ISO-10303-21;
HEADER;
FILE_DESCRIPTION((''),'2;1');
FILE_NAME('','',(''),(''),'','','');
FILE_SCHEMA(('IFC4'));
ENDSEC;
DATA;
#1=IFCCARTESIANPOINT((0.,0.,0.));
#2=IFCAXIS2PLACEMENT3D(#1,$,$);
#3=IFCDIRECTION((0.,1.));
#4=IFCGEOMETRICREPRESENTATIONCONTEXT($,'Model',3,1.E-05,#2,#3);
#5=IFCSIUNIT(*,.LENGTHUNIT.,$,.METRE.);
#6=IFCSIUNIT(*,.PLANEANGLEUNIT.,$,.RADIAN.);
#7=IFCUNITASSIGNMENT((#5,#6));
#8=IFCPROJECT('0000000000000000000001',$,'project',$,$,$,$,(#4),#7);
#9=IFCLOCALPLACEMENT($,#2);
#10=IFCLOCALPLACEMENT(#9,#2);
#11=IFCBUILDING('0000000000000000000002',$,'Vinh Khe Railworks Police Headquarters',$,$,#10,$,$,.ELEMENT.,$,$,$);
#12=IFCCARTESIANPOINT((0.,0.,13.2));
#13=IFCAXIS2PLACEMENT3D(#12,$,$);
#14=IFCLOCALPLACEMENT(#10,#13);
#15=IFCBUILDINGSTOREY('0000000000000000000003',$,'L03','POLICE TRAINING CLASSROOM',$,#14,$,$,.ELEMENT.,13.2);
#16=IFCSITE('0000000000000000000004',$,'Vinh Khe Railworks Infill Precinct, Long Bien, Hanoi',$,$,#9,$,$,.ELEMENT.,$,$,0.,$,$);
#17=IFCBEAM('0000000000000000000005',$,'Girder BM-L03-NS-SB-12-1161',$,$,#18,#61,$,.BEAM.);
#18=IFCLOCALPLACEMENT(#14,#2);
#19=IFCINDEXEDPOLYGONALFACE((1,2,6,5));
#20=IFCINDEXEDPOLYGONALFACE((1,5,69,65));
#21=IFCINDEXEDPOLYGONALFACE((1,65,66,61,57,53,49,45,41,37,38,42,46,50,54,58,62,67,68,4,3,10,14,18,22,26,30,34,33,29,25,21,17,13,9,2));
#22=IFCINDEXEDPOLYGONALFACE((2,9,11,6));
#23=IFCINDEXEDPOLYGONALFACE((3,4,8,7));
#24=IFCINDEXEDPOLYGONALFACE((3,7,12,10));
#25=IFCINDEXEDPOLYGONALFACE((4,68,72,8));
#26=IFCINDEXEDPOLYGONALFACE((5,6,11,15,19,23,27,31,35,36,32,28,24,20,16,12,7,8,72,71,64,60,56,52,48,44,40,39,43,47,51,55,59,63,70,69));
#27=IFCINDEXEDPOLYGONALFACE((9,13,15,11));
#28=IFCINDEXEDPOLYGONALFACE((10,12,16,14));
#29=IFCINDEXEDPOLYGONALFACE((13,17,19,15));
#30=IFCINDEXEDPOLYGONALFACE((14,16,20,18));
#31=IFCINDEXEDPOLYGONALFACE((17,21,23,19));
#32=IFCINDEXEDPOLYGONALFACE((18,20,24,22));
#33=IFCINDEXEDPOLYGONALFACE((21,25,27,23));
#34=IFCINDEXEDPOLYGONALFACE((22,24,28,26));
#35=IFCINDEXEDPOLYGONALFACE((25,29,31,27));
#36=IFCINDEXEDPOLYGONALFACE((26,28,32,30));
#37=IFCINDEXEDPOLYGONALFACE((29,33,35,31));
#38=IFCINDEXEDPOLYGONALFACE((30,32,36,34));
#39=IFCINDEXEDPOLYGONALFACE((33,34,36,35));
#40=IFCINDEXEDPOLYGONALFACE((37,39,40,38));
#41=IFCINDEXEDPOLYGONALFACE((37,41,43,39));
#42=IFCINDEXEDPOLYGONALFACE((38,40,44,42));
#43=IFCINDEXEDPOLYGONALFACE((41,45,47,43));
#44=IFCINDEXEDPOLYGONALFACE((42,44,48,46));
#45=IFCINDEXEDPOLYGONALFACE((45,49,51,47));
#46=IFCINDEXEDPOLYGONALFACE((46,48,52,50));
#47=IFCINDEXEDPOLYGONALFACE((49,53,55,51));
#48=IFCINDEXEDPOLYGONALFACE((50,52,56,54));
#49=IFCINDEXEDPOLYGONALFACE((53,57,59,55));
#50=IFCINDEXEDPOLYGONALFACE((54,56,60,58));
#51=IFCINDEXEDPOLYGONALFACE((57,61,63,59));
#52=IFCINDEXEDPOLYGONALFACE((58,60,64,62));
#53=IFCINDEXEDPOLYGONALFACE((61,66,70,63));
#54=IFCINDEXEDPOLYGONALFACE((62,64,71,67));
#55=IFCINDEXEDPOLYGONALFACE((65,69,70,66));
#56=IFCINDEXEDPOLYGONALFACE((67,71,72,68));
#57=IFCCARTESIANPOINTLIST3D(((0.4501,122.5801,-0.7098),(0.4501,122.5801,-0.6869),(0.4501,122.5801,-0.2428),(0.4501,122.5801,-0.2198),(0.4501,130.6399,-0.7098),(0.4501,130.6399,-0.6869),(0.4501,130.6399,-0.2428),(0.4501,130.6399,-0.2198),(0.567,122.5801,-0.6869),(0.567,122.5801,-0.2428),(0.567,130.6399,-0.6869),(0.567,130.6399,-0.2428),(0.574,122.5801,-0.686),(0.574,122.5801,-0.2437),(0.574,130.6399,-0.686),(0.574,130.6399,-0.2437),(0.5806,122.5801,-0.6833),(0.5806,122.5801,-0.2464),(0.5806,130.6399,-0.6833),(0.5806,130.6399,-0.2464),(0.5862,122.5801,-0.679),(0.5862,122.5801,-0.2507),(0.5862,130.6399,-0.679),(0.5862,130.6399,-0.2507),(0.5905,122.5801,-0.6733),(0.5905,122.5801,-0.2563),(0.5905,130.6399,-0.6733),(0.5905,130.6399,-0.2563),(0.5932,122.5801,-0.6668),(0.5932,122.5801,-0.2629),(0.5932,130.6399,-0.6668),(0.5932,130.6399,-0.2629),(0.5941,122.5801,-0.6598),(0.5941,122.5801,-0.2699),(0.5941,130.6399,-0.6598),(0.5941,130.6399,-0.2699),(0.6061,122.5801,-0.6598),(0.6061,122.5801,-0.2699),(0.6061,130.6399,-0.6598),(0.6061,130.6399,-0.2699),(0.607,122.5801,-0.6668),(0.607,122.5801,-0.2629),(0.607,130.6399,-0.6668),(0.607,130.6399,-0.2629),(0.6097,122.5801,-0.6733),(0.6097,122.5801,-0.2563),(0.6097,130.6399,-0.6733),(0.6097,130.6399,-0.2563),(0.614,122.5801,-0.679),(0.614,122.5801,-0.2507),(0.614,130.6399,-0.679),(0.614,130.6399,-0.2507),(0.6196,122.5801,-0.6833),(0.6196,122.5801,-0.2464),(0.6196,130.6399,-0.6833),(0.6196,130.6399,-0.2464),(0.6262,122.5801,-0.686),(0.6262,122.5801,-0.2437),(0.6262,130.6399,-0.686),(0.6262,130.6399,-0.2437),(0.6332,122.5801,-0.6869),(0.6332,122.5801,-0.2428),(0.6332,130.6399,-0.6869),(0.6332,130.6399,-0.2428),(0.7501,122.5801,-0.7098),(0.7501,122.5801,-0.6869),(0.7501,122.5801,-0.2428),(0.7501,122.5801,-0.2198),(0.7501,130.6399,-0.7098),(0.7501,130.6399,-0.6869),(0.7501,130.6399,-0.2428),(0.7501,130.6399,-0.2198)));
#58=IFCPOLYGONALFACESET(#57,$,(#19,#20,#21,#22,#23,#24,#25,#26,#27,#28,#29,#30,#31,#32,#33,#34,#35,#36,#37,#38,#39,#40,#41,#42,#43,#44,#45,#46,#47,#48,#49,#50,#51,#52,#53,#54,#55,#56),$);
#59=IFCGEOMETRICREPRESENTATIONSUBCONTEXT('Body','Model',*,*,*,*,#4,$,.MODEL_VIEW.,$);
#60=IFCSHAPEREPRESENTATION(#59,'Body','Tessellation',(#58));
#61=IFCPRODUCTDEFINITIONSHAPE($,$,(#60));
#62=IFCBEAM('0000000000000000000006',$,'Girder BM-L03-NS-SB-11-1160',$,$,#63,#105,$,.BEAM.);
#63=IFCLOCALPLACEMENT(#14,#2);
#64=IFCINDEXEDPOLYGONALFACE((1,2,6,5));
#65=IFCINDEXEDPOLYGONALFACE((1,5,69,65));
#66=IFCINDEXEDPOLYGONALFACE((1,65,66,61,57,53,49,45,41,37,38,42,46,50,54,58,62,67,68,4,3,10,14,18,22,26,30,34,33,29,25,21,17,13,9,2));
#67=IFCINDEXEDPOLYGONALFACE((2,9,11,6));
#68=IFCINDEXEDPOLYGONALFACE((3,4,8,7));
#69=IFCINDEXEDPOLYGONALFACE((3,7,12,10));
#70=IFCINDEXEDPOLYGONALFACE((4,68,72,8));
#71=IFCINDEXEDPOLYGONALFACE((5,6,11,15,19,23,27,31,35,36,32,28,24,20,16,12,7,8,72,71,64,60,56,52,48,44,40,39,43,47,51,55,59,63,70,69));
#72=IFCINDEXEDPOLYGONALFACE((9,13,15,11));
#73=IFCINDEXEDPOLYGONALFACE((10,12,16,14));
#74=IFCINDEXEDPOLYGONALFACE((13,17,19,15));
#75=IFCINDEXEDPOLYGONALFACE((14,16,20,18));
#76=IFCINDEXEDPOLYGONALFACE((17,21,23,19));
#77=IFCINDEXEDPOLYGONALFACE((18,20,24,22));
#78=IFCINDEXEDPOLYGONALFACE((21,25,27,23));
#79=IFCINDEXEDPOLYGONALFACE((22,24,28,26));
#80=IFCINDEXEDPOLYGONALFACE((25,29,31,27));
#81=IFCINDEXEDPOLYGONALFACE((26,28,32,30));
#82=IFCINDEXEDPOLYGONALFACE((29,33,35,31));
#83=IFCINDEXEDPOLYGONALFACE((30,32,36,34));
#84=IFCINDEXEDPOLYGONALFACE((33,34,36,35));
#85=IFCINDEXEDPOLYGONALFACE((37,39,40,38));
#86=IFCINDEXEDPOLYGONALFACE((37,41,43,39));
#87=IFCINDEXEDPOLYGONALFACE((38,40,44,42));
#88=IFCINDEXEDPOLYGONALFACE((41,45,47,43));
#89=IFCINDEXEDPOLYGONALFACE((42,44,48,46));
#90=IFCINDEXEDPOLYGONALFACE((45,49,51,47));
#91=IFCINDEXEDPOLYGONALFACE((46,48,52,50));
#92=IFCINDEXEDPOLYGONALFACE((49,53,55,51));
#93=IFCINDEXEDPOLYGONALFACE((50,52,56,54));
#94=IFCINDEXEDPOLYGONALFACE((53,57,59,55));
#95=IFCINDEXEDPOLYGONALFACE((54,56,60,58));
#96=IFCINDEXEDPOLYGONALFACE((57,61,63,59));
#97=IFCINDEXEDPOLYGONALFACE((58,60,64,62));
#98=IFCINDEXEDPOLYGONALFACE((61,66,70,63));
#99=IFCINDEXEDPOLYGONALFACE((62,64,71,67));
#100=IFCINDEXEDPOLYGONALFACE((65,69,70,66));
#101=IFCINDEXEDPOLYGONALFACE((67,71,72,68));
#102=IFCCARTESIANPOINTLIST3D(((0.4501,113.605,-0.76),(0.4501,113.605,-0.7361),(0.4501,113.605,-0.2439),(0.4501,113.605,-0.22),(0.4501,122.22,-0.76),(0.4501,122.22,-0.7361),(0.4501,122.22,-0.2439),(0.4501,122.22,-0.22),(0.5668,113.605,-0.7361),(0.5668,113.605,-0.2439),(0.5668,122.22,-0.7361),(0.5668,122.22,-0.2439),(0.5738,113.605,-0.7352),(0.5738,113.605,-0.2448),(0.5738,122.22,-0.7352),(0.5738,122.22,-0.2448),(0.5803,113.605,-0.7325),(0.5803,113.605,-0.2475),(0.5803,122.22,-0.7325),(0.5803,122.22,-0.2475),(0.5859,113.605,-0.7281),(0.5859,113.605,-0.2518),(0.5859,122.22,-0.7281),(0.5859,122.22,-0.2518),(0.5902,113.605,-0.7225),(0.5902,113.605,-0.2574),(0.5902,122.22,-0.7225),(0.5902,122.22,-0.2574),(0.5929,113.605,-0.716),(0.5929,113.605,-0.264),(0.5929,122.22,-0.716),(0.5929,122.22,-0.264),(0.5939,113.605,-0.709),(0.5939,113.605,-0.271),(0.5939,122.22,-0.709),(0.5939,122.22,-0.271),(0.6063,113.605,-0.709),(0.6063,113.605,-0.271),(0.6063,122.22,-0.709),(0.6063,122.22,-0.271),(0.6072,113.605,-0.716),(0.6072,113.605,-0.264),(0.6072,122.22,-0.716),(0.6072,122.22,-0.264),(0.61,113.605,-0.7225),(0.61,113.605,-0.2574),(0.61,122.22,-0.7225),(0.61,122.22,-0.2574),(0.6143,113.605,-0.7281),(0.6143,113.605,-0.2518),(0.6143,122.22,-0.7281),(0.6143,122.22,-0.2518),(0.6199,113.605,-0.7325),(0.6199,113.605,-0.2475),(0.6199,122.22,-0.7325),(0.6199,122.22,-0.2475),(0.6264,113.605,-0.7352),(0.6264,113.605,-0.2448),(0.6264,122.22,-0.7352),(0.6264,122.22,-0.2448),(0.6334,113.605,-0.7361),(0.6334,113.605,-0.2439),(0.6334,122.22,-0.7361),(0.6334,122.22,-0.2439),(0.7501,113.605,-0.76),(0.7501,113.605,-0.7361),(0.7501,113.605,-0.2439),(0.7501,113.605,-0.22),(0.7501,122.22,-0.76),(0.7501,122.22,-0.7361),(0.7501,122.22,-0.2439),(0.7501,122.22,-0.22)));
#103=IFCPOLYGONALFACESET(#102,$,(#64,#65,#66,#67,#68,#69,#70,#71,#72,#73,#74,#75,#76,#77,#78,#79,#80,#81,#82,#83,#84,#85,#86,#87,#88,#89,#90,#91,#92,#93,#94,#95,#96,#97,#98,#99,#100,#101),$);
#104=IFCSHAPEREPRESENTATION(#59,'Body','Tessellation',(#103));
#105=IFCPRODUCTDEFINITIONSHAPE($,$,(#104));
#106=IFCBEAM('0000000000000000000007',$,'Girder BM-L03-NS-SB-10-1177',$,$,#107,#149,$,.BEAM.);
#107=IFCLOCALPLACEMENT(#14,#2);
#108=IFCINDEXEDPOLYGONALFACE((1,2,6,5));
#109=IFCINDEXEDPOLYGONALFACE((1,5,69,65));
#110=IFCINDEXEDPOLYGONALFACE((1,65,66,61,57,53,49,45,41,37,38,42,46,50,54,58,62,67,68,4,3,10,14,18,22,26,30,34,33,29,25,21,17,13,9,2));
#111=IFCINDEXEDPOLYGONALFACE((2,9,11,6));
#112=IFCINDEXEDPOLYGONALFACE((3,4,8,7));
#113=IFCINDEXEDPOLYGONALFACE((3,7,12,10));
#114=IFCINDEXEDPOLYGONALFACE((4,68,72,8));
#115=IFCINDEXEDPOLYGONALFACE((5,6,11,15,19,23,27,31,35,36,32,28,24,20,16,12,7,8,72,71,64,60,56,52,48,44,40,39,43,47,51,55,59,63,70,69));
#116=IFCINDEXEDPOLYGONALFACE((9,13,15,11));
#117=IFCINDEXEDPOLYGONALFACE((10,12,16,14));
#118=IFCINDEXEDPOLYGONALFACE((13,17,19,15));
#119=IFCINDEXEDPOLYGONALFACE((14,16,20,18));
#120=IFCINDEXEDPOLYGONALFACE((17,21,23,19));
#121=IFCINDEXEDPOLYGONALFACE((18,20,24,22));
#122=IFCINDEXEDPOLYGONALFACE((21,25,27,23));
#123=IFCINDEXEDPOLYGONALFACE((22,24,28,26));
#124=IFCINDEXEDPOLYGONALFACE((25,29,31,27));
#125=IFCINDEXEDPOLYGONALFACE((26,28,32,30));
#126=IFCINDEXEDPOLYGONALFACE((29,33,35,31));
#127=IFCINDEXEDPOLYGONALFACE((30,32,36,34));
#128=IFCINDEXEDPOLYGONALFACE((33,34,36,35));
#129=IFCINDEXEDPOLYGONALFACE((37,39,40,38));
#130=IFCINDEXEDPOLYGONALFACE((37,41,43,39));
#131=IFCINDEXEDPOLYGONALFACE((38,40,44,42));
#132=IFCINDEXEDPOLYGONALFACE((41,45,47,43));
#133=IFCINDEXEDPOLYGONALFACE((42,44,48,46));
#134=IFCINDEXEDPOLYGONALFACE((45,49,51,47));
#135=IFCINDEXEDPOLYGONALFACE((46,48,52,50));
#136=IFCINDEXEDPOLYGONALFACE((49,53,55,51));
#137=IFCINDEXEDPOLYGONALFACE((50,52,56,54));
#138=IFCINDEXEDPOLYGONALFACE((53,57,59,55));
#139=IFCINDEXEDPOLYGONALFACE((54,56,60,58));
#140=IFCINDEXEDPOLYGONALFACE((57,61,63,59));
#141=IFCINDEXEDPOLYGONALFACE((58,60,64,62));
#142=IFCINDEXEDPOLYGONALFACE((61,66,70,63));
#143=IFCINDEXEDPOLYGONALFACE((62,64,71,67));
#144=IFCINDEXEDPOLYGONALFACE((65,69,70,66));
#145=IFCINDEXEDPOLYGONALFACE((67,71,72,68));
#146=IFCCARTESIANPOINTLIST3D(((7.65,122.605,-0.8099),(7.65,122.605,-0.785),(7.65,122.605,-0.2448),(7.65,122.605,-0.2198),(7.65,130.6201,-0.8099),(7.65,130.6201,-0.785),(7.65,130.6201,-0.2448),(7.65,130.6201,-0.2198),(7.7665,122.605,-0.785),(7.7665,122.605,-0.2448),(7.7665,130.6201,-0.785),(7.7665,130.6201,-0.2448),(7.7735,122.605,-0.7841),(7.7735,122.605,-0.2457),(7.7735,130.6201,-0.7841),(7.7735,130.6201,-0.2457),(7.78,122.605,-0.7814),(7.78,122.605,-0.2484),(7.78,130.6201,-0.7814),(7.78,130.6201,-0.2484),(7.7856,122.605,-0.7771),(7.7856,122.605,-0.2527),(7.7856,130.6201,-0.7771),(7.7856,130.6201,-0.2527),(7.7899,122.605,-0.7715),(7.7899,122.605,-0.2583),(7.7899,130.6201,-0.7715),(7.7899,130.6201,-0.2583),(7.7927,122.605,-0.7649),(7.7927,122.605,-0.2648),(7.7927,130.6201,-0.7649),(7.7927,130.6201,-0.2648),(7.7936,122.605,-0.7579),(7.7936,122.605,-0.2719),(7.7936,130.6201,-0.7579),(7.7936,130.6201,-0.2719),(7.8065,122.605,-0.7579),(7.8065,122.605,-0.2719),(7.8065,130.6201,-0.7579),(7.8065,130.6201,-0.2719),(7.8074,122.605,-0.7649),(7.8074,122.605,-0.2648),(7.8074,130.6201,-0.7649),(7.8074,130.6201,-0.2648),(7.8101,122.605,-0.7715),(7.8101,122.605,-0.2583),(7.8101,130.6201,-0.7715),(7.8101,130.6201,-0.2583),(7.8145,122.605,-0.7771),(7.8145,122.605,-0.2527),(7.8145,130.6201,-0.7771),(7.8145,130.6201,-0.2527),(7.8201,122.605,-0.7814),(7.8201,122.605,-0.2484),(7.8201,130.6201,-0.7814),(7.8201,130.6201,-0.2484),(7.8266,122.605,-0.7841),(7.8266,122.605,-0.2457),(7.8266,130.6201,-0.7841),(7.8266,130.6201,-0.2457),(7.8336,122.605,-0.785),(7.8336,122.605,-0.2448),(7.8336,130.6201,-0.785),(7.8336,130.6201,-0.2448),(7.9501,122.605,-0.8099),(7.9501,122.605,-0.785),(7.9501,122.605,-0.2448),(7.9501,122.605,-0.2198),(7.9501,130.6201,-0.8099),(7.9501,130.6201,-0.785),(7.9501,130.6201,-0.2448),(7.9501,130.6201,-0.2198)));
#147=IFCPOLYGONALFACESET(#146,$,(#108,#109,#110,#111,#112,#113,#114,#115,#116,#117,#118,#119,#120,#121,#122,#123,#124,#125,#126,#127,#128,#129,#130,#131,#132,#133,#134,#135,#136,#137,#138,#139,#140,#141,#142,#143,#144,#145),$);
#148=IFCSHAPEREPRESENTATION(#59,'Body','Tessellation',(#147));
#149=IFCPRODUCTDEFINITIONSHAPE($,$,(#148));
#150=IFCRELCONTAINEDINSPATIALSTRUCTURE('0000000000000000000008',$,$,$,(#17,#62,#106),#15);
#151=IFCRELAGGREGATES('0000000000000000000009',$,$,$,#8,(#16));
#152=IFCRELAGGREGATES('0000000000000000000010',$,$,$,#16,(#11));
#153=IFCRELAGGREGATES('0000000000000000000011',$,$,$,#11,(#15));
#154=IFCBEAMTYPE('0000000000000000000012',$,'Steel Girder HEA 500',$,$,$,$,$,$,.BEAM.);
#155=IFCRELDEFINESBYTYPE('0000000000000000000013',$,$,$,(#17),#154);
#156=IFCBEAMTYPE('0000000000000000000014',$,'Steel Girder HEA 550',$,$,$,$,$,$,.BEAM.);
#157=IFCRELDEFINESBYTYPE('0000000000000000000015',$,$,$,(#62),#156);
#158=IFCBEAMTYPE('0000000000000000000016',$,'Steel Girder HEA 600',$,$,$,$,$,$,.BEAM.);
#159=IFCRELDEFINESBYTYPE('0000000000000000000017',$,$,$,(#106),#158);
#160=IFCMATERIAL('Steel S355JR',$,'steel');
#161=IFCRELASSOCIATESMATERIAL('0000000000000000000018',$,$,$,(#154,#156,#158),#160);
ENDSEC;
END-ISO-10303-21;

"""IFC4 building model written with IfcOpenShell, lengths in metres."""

from ifc_helpers import new_model, si_unit, direction, frame, origin, origin_2d, place, context, subcontext, project, spatial, i_section, extrude, material, material_profile, profile_set, type_object, element, save


model = new_model("IFC4")

# Units and contexts
model_context = context("Model", 3, precision=1e-05, world=origin(), true_north=direction((0.0, 1.0)))
body_context = subcontext(model_context, "Body", "Model", "MODEL_VIEW")
ifc_project = project(units=[si_unit("LENGTHUNIT", "METRE"), si_unit("PLANEANGLEUNIT", "RADIAN")], contexts=[model_context])

# Site, building, storey
site_placement = place(None, origin())
site = spatial("IfcSite", under=ifc_project, at=site_placement, Name="Vinh Khe Railworks Infill Precinct, Long Bien, Hanoi", CompositionType="ELEMENT", RefElevation=0.0)
building_placement = place(site_placement, origin())
building = spatial("IfcBuilding", under=site, at=building_placement, Name="Vinh Khe Railworks Police Headquarters", CompositionType="ELEMENT")
storey_placement = place(building_placement, frame((0.0, 0.0, 13.2)))
storey = spatial("IfcBuildingStorey", under=building, at=storey_placement, Name="L03", Description="POLICE TRAINING CLASSROOM", CompositionType="ELEMENT", Elevation=13.2)

# Shared definitions
ifc_material_1 = material(Name="Steel S355JR", Category="steel")

# Beams
ifc_material_profile_1 = material_profile(ifc_material_1, i_section(OverallWidth=0.3, OverallDepth=0.49, WebThickness=0.012, FlangeThickness=0.0229, FilletRadius=0.0271, at=origin_2d()), Name="HEA 500")
ifc_profile_set_1 = profile_set([ifc_material_profile_1], Name="Steel S355JR")
beam_type_1 = type_object("IfcBeamType", Name="Steel Girder HEA 500", PredefinedType="BEAM", material=ifc_profile_set_1)
beam_1_placement = place(storey_placement, frame((0.6001, 122.5801, -0.4648), z_axis=(0.0, 1.0, 0.0), x_axis=(-1.0, 0.0, 0.0)))
element("IfcBeam", 1, at=beam_1_placement, inside=storey, type_object=beam_type_1, Name="Girder BM-L03-NS-SB-12-1161", PredefinedType="BEAM", context=body_context, shape_type="SweptSolid", body=[
    extrude(i_section(OverallWidth=0.3, OverallDepth=0.49, WebThickness=0.012, FlangeThickness=0.0229, FilletRadius=0.0271, at=origin_2d()), origin(), (0.0, 0.0, 1.0), 8.0598),
])
ifc_material_profile_2 = material_profile(ifc_material_1, i_section(OverallWidth=0.3, OverallDepth=0.54, WebThickness=0.0125, FlangeThickness=0.0239, FilletRadius=0.0271, at=origin_2d()), Name="HEA 550")
ifc_profile_set_2 = profile_set([ifc_material_profile_2], Name="Steel S355JR")
beam_type_2 = type_object("IfcBeamType", Name="Steel Girder HEA 550", PredefinedType="BEAM", material=ifc_profile_set_2)
beam_2_placement = place(storey_placement, frame((0.6001, 113.605, -0.49), z_axis=(0.0, 1.0, 0.0), x_axis=(-1.0, 0.0, 0.0)))
element("IfcBeam", 2, at=beam_2_placement, inside=storey, type_object=beam_type_2, Name="Girder BM-L03-NS-SB-11-1160", PredefinedType="BEAM", context=body_context, shape_type="SweptSolid", body=[
    extrude(i_section(OverallWidth=0.3, OverallDepth=0.54, WebThickness=0.0125, FlangeThickness=0.0239, FilletRadius=0.0271, at=origin_2d()), origin(), (0.0, 0.0, 1.0), 8.615),
])
ifc_material_profile_3 = material_profile(ifc_material_1, i_section(OverallWidth=0.3, OverallDepth=0.5901, WebThickness=0.0129, FlangeThickness=0.0249, FilletRadius=0.0271, at=origin_2d()), Name="HEA 600")
ifc_profile_set_3 = profile_set([ifc_material_profile_3], Name="Steel S355JR")
beam_type_3 = type_object("IfcBeamType", Name="Steel Girder HEA 600", PredefinedType="BEAM", material=ifc_profile_set_3)
beam_3_placement = place(storey_placement, frame((7.8, 122.605, -0.5149), z_axis=(0.0, 1.0, 0.0), x_axis=(-1.0, 0.0, 0.0)))
element("IfcBeam", 3, at=beam_3_placement, inside=storey, type_object=beam_type_3, Name="Girder BM-L03-NS-SB-10-1177", PredefinedType="BEAM", context=body_context, shape_type="SweptSolid", body=[
    extrude(i_section(OverallWidth=0.3, OverallDepth=0.5901, WebThickness=0.0129, FlangeThickness=0.0249, FilletRadius=0.0271, at=origin_2d()), origin(), (0.0, 0.0, 1.0), 8.0151),
])

save(model, "model.ifc")
